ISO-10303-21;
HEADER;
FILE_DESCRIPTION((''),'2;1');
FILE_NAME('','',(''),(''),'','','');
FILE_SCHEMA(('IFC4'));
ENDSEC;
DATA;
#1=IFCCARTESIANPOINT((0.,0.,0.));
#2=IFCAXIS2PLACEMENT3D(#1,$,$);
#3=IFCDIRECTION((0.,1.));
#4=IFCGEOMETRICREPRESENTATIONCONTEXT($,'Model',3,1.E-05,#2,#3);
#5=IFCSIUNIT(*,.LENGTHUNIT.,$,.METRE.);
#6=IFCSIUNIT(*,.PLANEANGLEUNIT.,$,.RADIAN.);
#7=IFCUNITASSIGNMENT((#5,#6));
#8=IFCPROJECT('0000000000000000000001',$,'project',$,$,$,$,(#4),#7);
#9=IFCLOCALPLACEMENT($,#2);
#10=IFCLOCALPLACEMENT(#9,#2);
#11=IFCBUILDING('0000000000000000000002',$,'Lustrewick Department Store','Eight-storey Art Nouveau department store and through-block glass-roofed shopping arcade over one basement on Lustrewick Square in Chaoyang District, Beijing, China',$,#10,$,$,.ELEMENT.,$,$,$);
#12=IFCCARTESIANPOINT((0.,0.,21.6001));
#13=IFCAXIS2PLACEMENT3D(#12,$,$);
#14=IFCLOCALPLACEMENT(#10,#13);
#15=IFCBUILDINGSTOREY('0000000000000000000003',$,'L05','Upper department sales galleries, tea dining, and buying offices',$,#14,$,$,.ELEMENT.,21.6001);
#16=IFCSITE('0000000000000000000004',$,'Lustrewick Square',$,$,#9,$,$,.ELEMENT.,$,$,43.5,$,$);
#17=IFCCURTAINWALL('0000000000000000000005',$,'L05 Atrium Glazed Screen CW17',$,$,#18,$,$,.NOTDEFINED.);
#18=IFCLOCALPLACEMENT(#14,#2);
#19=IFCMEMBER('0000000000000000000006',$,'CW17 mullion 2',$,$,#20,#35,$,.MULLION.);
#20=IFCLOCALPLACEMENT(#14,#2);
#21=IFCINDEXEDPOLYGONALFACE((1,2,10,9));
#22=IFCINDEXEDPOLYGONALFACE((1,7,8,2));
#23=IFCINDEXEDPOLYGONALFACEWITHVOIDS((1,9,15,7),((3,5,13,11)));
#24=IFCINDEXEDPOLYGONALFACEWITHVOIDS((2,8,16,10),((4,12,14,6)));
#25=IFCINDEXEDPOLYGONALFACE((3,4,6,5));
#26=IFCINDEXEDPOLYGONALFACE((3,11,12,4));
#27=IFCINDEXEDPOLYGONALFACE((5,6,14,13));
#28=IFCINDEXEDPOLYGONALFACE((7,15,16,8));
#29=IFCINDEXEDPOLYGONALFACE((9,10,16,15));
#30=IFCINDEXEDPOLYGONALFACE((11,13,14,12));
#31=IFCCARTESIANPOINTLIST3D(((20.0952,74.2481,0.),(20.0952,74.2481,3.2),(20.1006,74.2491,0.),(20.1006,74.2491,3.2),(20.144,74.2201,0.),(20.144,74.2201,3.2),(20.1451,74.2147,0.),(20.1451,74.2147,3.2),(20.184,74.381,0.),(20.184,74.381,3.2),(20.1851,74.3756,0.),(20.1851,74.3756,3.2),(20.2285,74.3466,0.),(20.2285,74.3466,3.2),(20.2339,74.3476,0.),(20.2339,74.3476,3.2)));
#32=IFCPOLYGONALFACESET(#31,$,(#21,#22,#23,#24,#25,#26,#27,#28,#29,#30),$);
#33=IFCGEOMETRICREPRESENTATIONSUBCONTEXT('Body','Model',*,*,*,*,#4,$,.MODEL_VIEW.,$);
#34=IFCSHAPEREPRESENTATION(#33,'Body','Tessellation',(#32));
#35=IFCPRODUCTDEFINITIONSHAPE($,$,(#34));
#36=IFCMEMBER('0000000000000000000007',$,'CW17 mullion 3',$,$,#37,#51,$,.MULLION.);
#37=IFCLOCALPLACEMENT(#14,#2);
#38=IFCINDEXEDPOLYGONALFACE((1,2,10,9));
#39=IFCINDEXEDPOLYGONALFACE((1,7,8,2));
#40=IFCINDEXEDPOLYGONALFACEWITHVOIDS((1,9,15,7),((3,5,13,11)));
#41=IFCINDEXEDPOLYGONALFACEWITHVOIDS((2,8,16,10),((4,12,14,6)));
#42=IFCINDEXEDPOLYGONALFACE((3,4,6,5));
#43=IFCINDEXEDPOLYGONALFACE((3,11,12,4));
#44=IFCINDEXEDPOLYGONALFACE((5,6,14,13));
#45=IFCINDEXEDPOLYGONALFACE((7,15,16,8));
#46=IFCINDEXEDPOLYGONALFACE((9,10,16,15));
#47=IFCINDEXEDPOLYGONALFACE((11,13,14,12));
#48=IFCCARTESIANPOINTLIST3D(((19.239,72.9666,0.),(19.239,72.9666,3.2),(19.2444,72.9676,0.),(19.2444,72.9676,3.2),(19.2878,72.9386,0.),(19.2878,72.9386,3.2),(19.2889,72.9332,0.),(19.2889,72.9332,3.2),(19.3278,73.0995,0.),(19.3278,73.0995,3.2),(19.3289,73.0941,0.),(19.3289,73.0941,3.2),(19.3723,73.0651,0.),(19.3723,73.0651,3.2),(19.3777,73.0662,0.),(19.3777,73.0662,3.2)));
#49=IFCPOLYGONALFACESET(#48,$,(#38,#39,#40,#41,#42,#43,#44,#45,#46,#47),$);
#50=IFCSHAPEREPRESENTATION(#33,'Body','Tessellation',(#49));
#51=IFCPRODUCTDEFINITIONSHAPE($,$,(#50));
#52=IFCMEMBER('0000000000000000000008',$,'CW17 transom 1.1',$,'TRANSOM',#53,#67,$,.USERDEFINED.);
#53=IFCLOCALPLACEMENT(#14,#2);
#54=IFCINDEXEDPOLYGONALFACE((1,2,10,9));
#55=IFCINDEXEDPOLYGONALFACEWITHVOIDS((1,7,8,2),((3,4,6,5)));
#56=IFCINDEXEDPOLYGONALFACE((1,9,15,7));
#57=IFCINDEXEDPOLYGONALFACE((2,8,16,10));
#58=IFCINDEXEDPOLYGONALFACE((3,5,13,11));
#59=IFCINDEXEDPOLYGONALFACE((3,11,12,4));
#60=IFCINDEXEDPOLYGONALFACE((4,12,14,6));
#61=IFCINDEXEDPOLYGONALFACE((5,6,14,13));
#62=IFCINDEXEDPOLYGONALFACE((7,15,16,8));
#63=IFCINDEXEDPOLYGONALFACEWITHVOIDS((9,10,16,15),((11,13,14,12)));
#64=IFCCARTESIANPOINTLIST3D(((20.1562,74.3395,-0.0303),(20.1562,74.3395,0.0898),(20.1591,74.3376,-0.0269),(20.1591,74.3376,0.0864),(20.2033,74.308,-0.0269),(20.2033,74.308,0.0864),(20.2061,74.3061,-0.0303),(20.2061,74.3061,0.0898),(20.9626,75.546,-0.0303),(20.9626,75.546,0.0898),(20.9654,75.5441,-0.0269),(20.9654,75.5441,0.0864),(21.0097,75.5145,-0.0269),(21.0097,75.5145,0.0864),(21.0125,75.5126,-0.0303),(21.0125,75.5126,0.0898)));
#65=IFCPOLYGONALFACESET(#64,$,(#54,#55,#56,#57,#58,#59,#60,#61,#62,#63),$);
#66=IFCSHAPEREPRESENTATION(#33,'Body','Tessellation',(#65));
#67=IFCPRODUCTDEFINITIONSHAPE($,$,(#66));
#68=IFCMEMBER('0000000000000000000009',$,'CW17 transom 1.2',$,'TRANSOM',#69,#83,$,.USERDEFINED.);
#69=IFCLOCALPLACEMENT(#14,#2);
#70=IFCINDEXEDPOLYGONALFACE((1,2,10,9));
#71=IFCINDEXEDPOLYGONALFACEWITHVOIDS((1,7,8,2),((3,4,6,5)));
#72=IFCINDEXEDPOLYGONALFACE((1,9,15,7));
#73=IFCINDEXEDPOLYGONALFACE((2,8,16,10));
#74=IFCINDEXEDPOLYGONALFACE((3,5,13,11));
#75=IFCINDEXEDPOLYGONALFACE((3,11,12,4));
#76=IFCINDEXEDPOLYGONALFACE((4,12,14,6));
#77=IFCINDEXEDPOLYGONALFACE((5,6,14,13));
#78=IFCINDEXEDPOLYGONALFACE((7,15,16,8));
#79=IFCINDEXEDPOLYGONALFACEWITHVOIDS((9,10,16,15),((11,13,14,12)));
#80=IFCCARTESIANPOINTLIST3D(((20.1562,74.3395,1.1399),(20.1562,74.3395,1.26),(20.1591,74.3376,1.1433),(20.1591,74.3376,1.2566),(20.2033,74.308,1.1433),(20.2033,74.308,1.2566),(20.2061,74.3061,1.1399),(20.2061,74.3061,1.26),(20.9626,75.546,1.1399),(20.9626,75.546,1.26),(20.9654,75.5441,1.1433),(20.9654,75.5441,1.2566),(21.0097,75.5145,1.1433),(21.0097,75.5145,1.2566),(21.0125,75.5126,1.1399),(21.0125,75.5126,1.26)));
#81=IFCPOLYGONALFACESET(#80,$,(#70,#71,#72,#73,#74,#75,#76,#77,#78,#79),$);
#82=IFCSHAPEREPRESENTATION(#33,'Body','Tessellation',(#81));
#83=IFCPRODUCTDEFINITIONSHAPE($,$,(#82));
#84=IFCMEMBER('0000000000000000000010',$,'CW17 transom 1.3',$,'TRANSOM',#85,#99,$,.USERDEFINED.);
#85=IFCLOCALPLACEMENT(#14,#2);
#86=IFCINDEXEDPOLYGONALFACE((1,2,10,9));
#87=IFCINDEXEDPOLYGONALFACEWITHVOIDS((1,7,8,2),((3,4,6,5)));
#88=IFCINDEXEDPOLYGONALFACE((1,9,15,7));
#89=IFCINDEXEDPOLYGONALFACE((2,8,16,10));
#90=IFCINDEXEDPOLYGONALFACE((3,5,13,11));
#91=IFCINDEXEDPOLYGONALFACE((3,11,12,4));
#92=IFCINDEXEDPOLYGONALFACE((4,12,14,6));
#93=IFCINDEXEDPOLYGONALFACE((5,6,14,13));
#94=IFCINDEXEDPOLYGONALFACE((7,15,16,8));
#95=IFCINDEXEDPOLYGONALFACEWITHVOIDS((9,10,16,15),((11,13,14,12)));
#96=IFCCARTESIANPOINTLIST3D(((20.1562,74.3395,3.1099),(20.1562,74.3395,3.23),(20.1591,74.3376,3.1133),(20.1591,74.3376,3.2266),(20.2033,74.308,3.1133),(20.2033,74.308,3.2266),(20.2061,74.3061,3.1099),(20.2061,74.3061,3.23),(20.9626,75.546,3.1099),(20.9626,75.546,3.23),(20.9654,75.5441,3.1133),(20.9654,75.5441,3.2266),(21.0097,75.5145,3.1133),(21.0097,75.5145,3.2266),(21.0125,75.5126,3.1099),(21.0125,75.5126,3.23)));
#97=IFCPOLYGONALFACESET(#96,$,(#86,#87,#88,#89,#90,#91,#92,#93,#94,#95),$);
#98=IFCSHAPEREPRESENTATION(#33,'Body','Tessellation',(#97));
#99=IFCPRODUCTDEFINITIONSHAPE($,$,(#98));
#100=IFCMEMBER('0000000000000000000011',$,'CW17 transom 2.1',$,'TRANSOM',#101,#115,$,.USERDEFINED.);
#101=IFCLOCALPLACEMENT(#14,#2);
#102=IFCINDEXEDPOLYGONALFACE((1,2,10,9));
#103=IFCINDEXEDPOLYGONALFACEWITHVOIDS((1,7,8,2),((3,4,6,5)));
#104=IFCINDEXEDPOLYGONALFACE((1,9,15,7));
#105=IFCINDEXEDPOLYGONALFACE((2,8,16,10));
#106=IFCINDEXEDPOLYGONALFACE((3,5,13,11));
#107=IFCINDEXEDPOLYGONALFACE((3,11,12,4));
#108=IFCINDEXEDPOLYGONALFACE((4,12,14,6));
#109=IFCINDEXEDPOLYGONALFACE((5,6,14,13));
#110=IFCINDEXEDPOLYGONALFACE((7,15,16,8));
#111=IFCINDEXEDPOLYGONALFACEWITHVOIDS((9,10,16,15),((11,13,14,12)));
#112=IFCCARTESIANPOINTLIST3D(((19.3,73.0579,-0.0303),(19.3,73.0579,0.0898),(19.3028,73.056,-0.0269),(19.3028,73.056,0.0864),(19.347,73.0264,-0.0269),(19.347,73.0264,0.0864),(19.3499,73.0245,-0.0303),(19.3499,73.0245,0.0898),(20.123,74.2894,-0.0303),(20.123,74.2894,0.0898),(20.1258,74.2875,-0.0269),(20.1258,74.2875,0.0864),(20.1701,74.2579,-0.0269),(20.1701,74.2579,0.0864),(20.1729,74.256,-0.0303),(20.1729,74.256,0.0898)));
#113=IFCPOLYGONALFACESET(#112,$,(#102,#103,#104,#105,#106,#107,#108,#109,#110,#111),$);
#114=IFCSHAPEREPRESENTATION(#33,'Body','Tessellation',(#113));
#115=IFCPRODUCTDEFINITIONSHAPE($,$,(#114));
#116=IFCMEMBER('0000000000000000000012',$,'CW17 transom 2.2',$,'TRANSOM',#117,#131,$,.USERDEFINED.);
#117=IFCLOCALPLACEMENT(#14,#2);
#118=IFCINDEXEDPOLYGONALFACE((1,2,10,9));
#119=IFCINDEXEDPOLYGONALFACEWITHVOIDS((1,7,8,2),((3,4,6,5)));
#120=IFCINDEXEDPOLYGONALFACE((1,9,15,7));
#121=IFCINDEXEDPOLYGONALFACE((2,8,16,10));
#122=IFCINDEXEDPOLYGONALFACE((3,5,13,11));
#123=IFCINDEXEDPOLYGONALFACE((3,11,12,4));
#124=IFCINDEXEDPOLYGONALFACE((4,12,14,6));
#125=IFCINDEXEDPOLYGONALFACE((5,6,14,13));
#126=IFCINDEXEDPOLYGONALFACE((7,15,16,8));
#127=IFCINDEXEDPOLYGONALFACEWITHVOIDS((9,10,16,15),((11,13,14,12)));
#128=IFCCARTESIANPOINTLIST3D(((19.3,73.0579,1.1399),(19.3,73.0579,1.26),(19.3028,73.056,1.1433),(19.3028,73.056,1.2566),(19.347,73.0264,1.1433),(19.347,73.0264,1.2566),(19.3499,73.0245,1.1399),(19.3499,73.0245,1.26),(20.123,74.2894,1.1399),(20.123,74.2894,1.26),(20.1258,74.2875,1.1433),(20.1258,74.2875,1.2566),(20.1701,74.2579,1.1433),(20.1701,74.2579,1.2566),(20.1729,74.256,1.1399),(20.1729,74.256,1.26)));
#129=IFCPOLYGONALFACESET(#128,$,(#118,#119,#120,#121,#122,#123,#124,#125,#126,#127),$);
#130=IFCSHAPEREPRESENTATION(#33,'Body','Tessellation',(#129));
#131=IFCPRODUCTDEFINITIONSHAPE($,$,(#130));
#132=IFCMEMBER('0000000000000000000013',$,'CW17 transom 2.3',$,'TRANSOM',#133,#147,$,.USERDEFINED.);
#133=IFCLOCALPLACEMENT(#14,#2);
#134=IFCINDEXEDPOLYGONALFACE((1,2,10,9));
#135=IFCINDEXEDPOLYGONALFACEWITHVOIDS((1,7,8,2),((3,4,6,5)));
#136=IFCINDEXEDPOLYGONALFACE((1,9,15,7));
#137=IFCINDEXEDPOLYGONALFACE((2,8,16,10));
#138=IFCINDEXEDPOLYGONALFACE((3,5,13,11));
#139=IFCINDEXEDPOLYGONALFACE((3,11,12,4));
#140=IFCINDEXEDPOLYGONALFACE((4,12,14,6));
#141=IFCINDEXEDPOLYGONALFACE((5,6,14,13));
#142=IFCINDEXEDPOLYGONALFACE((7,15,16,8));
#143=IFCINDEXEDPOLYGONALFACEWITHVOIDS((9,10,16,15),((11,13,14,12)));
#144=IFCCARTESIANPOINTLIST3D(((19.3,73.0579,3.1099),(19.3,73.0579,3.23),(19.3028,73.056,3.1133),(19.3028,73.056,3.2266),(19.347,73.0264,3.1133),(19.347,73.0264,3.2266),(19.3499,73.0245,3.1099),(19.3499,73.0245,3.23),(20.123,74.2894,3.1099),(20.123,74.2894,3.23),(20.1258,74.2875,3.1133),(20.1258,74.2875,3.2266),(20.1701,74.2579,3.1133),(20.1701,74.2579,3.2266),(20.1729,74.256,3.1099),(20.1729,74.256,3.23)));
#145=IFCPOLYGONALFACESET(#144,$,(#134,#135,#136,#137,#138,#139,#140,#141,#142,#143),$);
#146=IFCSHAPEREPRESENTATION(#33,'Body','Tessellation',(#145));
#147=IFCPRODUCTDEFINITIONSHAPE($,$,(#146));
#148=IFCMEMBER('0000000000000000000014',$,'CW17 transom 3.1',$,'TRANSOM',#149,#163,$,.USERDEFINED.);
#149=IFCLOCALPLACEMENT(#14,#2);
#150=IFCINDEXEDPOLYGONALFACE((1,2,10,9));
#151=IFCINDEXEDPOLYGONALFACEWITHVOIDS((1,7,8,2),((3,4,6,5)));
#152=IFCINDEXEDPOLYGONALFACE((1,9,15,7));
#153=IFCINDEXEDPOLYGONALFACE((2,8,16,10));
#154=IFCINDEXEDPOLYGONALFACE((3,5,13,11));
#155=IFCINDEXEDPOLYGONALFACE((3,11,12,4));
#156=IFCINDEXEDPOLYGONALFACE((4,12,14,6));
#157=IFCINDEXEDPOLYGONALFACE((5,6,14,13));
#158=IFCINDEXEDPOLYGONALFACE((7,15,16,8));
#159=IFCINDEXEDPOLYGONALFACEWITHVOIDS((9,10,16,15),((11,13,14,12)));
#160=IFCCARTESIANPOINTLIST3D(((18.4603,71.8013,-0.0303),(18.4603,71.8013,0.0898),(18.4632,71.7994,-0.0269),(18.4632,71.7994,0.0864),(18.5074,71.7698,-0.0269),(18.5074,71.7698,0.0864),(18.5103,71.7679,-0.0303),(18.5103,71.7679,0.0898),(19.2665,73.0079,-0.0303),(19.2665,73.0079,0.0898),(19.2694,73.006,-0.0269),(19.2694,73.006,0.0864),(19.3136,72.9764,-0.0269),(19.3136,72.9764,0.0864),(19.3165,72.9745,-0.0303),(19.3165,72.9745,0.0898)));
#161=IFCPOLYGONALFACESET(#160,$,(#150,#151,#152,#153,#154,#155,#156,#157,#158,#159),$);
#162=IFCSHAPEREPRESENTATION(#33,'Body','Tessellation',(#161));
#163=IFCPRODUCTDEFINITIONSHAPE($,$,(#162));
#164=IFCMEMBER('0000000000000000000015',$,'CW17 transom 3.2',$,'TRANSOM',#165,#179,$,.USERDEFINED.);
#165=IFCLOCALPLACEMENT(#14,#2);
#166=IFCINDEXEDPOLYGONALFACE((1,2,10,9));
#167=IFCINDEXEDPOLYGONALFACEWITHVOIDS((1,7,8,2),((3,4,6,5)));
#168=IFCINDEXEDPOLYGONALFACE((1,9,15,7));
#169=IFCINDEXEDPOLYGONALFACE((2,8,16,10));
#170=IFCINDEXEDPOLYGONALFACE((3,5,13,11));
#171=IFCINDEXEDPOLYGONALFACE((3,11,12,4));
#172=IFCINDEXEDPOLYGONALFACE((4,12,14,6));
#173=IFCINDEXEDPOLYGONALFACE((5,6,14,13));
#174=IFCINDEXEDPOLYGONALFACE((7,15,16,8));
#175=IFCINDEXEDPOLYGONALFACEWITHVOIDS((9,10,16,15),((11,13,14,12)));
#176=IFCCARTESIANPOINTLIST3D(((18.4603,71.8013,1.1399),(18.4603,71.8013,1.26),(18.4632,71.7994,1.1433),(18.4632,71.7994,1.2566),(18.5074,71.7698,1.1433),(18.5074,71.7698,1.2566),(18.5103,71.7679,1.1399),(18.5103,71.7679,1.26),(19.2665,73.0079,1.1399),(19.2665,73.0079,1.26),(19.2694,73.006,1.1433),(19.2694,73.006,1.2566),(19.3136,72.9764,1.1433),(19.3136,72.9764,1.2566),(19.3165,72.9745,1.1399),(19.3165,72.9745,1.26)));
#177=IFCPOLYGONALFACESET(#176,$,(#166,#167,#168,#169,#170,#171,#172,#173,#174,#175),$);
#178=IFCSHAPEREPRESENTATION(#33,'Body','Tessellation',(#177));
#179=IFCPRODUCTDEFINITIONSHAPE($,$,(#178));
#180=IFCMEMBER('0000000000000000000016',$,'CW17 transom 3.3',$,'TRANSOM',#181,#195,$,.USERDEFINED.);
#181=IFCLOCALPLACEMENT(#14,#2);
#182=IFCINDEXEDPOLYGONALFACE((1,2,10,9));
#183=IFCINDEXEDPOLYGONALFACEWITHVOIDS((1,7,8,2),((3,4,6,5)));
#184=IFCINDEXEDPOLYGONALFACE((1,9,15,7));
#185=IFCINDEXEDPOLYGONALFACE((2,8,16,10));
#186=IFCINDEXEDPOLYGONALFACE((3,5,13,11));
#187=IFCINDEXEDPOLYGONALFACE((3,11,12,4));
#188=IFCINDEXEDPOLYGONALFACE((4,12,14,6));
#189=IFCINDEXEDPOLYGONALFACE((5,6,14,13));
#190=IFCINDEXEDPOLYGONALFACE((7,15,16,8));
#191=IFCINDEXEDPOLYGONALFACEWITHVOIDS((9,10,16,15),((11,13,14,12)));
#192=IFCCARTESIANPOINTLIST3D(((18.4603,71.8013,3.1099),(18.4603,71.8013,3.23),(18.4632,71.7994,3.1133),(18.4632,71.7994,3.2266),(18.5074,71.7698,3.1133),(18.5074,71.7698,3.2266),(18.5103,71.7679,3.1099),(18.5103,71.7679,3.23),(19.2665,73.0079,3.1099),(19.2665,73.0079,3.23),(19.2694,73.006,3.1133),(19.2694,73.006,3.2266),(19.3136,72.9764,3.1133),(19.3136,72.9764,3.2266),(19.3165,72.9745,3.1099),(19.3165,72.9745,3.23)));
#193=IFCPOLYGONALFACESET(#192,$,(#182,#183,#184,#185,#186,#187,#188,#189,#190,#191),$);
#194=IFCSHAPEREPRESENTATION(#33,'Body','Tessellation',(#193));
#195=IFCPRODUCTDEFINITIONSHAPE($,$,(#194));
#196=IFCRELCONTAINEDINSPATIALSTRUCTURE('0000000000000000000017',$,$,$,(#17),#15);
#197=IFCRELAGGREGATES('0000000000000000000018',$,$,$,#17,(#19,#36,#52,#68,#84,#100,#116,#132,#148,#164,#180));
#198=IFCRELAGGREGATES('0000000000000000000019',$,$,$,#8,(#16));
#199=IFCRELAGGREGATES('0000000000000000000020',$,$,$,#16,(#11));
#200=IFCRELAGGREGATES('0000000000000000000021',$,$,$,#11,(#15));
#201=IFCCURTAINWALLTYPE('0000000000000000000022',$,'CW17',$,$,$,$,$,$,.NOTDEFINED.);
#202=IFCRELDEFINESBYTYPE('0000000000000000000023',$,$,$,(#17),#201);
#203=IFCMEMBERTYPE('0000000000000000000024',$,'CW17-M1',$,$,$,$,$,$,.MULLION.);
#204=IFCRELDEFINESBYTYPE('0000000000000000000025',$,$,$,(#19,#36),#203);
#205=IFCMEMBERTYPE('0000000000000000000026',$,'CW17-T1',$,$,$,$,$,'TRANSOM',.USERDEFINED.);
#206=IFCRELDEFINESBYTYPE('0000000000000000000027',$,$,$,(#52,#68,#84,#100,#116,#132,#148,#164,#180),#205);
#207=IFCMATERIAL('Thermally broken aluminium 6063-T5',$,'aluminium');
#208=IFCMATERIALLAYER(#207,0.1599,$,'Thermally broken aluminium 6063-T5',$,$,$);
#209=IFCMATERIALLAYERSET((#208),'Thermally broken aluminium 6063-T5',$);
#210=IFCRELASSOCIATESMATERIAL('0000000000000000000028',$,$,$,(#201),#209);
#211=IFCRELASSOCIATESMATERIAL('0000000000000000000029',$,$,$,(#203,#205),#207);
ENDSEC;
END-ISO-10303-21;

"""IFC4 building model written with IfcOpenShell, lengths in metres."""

from ifc_helpers import new_model, si_unit, direction, frame, origin, origin_2d, place, context, subcontext, project, spatial, hollow_rectangle, extrude, material, layer, layer_set, material_profile, profile_set, type_object, element, aggregate, save


model = new_model("IFC4")

# Units and contexts
model_context = context("Model", 3, precision=1e-05, world=origin(), true_north=direction((0.0, 1.0)))
body_context = subcontext(model_context, "Body", "Model", "MODEL_VIEW")
ifc_project = project(units=[si_unit("LENGTHUNIT", "METRE"), si_unit("PLANEANGLEUNIT", "RADIAN")], contexts=[model_context])

# Site, building, storey
site_placement = place(None, origin())
site = spatial("IfcSite", under=ifc_project, at=site_placement, Name="Lustrewick Square", CompositionType="ELEMENT", RefElevation=43.5)
building_placement = place(site_placement, origin())
building = spatial("IfcBuilding", under=site, at=building_placement, Name="Lustrewick Department Store", Description="Eight-storey Art Nouveau department store and through-block glass-roofed shopping arcade over one basement on Lustrewick Square in Chaoyang District, Beijing, China", CompositionType="ELEMENT")
storey_placement = place(building_placement, frame((0.0, 0.0, 21.6001)))
storey = spatial("IfcBuildingStorey", under=building, at=storey_placement, Name="L05", Description="Upper department sales galleries, tea dining, and buying offices", CompositionType="ELEMENT", Elevation=21.6001)

# Shared definitions
ifc_material_1 = material(Name="Thermally broken aluminium 6063-T5", Category="aluminium")

# Curtain wall, members
ifc_layer_1 = layer(ifc_material_1, 0.1599, Name="Thermally broken aluminium 6063-T5")
ifc_layer_set_1 = layer_set([ifc_layer_1], Name="Thermally broken aluminium 6063-T5")
curtain_wall_type_1 = type_object("IfcCurtainWallType", Name="CW17", PredefinedType="NOTDEFINED", material=ifc_layer_set_1)
curtain_wall_1_placement = place(storey_placement, origin())
curtain_wall_1 = element("IfcCurtainWall", 1, at=curtain_wall_1_placement, inside=storey, type_object=curtain_wall_type_1, Name="L05 Atrium Glazed Screen CW17", PredefinedType="NOTDEFINED")
ifc_material_profile_1 = material_profile(ifc_material_1, hollow_rectangle(XDim=0.0601, YDim=0.1599, WallThickness=0.0039, at=origin_2d()), Name="ALU-M 60x160x4")
ifc_profile_set_1 = profile_set([ifc_material_profile_1], Name="Thermally broken aluminium 6063-T5")
member_type_1 = type_object("IfcMemberType", Name="CW17-M1", PredefinedType="MULLION", material=ifc_profile_set_1)
member_1_placement = place(storey_placement, frame((20.1646, 74.2979, 0.0), z_axis=(0.0, 0.0, 1.0), x_axis=(0.831464, -0.555578, 0.0)))
member_1 = element("IfcMember", 2, at=member_1_placement, type_object=member_type_1, Name="CW17 mullion 2", PredefinedType="MULLION", context=body_context, shape_type="SweptSolid", body=[
    extrude(hollow_rectangle(XDim=0.0601, YDim=0.1599, WallThickness=0.0039, at=origin_2d()), origin(), (0.0, 0.0, 1.0), 3.2),
])
member_2_placement = place(storey_placement, frame((19.3083, 73.0164, 0.0), z_axis=(0.0, 0.0, 1.0), x_axis=(0.831464, -0.555578, 0.0)))
member_2 = element("IfcMember", 3, at=member_2_placement, type_object=member_type_1, Name="CW17 mullion 3", PredefinedType="MULLION", context=body_context, shape_type="SweptSolid", body=[
    extrude(hollow_rectangle(XDim=0.0601, YDim=0.1599, WallThickness=0.0039, at=origin_2d()), origin(), (0.0, 0.0, 1.0), 3.2),
])
ifc_material_profile_2 = material_profile(ifc_material_1, hollow_rectangle(XDim=0.0601, YDim=0.1201, WallThickness=0.0034, at=origin_2d()), Name="ALU-T 60x120x3.5")
ifc_profile_set_2 = profile_set([ifc_material_profile_2], Name="Thermally broken aluminium 6063-T5")
member_type_2 = type_object("IfcMemberType", Name="CW17-T1", ElementType="TRANSOM", PredefinedType="USERDEFINED", material=ifc_profile_set_2)
member_3_placement = place(storey_placement, frame((20.9875, 75.5293, 0.0298), z_axis=(-0.55567, -0.831403, 0.0), x_axis=(0.831403, -0.55567, 0.0)))
member_3 = element("IfcMember", 4, at=member_3_placement, type_object=member_type_2, Name="CW17 transom 1.1", ObjectType="TRANSOM", PredefinedType="USERDEFINED", context=body_context, shape_type="SweptSolid", body=[
    extrude(hollow_rectangle(XDim=0.0601, YDim=0.1201, WallThickness=0.0034, at=origin_2d()), origin(), (0.0, 0.0, 1.0), 1.4512),
])
member_4_placement = place(storey_placement, frame((20.9875, 75.5293, 1.2), z_axis=(-0.55567, -0.831403, 0.0), x_axis=(0.831403, -0.55567, 0.0)))
member_4 = element("IfcMember", 5, at=member_4_placement, type_object=member_type_2, Name="CW17 transom 1.2", ObjectType="TRANSOM", PredefinedType="USERDEFINED", context=body_context, shape_type="SweptSolid", body=[
    extrude(hollow_rectangle(XDim=0.0601, YDim=0.1201, WallThickness=0.0034, at=origin_2d()), origin(), (0.0, 0.0, 1.0), 1.4512),
])
member_5_placement = place(storey_placement, frame((20.9875, 75.5293, 3.1699), z_axis=(-0.55567, -0.831403, 0.0), x_axis=(0.831403, -0.55567, 0.0)))
member_5 = element("IfcMember", 6, at=member_5_placement, type_object=member_type_2, Name="CW17 transom 1.3", ObjectType="TRANSOM", PredefinedType="USERDEFINED", context=body_context, shape_type="SweptSolid", body=[
    extrude(hollow_rectangle(XDim=0.0601, YDim=0.1201, WallThickness=0.0034, at=origin_2d()), origin(), (0.0, 0.0, 1.0), 1.4512),
])
member_6_placement = place(storey_placement, frame((20.1479, 74.2727, 0.0298), z_axis=(-0.555651, -0.831416, 0.0), x_axis=(0.831416, -0.555651, 0.0)))
member_6 = element("IfcMember", 7, at=member_6_placement, type_object=member_type_2, Name="CW17 transom 2.1", ObjectType="TRANSOM", PredefinedType="USERDEFINED", context=body_context, shape_type="SweptSolid", body=[
    extrude(hollow_rectangle(XDim=0.0601, YDim=0.1201, WallThickness=0.0034, at=origin_2d()), origin(), (0.0, 0.0, 1.0), 1.4812),
])
member_7_placement = place(storey_placement, frame((20.1479, 74.2727, 1.2), z_axis=(-0.555651, -0.831416, 0.0), x_axis=(0.831416, -0.555651, 0.0)))
member_7 = element("IfcMember", 8, at=member_7_placement, type_object=member_type_2, Name="CW17 transom 2.2", ObjectType="TRANSOM", PredefinedType="USERDEFINED", context=body_context, shape_type="SweptSolid", body=[
    extrude(hollow_rectangle(XDim=0.0601, YDim=0.1201, WallThickness=0.0034, at=origin_2d()), origin(), (0.0, 0.0, 1.0), 1.4812),
])
member_8_placement = place(storey_placement, frame((20.1479, 74.2727, 3.1699), z_axis=(-0.555651, -0.831416, 0.0), x_axis=(0.831416, -0.555651, 0.0)))
member_8 = element("IfcMember", 9, at=member_8_placement, type_object=member_type_2, Name="CW17 transom 2.3", ObjectType="TRANSOM", PredefinedType="USERDEFINED", context=body_context, shape_type="SweptSolid", body=[
    extrude(hollow_rectangle(XDim=0.0601, YDim=0.1201, WallThickness=0.0034, at=origin_2d()), origin(), (0.0, 0.0, 1.0), 1.4812),
])
member_9_placement = place(storey_placement, frame((19.2915, 72.9912, 0.0298), z_axis=(-0.555554, -0.83148, 0.0), x_axis=(0.83148, -0.555554, 0.0)))
member_9 = element("IfcMember", 10, at=member_9_placement, type_object=member_type_2, Name="CW17 transom 3.1", ObjectType="TRANSOM", PredefinedType="USERDEFINED", context=body_context, shape_type="SweptSolid", body=[
    extrude(hollow_rectangle(XDim=0.0601, YDim=0.1201, WallThickness=0.0034, at=origin_2d()), origin(), (0.0, 0.0, 1.0), 1.4512),
])
member_10_placement = place(storey_placement, frame((19.2915, 72.9912, 1.2), z_axis=(-0.555554, -0.83148, 0.0), x_axis=(0.83148, -0.555554, 0.0)))
member_10 = element("IfcMember", 11, at=member_10_placement, type_object=member_type_2, Name="CW17 transom 3.2", ObjectType="TRANSOM", PredefinedType="USERDEFINED", context=body_context, shape_type="SweptSolid", body=[
    extrude(hollow_rectangle(XDim=0.0601, YDim=0.1201, WallThickness=0.0034, at=origin_2d()), origin(), (0.0, 0.0, 1.0), 1.4512),
])
member_11_placement = place(storey_placement, frame((19.2915, 72.9912, 3.1699), z_axis=(-0.555554, -0.83148, 0.0), x_axis=(0.83148, -0.555554, 0.0)))
member_11 = element("IfcMember", 12, at=member_11_placement, type_object=member_type_2, Name="CW17 transom 3.3", ObjectType="TRANSOM", PredefinedType="USERDEFINED", context=body_context, shape_type="SweptSolid", body=[
    extrude(hollow_rectangle(XDim=0.0601, YDim=0.1201, WallThickness=0.0034, at=origin_2d()), origin(), (0.0, 0.0, 1.0), 1.4512),
])

aggregate(curtain_wall_1, [member_1, member_2, member_3, member_4, member_5, member_6, member_7, member_8, member_9, member_10, member_11])

save(model, "model.ifc")
